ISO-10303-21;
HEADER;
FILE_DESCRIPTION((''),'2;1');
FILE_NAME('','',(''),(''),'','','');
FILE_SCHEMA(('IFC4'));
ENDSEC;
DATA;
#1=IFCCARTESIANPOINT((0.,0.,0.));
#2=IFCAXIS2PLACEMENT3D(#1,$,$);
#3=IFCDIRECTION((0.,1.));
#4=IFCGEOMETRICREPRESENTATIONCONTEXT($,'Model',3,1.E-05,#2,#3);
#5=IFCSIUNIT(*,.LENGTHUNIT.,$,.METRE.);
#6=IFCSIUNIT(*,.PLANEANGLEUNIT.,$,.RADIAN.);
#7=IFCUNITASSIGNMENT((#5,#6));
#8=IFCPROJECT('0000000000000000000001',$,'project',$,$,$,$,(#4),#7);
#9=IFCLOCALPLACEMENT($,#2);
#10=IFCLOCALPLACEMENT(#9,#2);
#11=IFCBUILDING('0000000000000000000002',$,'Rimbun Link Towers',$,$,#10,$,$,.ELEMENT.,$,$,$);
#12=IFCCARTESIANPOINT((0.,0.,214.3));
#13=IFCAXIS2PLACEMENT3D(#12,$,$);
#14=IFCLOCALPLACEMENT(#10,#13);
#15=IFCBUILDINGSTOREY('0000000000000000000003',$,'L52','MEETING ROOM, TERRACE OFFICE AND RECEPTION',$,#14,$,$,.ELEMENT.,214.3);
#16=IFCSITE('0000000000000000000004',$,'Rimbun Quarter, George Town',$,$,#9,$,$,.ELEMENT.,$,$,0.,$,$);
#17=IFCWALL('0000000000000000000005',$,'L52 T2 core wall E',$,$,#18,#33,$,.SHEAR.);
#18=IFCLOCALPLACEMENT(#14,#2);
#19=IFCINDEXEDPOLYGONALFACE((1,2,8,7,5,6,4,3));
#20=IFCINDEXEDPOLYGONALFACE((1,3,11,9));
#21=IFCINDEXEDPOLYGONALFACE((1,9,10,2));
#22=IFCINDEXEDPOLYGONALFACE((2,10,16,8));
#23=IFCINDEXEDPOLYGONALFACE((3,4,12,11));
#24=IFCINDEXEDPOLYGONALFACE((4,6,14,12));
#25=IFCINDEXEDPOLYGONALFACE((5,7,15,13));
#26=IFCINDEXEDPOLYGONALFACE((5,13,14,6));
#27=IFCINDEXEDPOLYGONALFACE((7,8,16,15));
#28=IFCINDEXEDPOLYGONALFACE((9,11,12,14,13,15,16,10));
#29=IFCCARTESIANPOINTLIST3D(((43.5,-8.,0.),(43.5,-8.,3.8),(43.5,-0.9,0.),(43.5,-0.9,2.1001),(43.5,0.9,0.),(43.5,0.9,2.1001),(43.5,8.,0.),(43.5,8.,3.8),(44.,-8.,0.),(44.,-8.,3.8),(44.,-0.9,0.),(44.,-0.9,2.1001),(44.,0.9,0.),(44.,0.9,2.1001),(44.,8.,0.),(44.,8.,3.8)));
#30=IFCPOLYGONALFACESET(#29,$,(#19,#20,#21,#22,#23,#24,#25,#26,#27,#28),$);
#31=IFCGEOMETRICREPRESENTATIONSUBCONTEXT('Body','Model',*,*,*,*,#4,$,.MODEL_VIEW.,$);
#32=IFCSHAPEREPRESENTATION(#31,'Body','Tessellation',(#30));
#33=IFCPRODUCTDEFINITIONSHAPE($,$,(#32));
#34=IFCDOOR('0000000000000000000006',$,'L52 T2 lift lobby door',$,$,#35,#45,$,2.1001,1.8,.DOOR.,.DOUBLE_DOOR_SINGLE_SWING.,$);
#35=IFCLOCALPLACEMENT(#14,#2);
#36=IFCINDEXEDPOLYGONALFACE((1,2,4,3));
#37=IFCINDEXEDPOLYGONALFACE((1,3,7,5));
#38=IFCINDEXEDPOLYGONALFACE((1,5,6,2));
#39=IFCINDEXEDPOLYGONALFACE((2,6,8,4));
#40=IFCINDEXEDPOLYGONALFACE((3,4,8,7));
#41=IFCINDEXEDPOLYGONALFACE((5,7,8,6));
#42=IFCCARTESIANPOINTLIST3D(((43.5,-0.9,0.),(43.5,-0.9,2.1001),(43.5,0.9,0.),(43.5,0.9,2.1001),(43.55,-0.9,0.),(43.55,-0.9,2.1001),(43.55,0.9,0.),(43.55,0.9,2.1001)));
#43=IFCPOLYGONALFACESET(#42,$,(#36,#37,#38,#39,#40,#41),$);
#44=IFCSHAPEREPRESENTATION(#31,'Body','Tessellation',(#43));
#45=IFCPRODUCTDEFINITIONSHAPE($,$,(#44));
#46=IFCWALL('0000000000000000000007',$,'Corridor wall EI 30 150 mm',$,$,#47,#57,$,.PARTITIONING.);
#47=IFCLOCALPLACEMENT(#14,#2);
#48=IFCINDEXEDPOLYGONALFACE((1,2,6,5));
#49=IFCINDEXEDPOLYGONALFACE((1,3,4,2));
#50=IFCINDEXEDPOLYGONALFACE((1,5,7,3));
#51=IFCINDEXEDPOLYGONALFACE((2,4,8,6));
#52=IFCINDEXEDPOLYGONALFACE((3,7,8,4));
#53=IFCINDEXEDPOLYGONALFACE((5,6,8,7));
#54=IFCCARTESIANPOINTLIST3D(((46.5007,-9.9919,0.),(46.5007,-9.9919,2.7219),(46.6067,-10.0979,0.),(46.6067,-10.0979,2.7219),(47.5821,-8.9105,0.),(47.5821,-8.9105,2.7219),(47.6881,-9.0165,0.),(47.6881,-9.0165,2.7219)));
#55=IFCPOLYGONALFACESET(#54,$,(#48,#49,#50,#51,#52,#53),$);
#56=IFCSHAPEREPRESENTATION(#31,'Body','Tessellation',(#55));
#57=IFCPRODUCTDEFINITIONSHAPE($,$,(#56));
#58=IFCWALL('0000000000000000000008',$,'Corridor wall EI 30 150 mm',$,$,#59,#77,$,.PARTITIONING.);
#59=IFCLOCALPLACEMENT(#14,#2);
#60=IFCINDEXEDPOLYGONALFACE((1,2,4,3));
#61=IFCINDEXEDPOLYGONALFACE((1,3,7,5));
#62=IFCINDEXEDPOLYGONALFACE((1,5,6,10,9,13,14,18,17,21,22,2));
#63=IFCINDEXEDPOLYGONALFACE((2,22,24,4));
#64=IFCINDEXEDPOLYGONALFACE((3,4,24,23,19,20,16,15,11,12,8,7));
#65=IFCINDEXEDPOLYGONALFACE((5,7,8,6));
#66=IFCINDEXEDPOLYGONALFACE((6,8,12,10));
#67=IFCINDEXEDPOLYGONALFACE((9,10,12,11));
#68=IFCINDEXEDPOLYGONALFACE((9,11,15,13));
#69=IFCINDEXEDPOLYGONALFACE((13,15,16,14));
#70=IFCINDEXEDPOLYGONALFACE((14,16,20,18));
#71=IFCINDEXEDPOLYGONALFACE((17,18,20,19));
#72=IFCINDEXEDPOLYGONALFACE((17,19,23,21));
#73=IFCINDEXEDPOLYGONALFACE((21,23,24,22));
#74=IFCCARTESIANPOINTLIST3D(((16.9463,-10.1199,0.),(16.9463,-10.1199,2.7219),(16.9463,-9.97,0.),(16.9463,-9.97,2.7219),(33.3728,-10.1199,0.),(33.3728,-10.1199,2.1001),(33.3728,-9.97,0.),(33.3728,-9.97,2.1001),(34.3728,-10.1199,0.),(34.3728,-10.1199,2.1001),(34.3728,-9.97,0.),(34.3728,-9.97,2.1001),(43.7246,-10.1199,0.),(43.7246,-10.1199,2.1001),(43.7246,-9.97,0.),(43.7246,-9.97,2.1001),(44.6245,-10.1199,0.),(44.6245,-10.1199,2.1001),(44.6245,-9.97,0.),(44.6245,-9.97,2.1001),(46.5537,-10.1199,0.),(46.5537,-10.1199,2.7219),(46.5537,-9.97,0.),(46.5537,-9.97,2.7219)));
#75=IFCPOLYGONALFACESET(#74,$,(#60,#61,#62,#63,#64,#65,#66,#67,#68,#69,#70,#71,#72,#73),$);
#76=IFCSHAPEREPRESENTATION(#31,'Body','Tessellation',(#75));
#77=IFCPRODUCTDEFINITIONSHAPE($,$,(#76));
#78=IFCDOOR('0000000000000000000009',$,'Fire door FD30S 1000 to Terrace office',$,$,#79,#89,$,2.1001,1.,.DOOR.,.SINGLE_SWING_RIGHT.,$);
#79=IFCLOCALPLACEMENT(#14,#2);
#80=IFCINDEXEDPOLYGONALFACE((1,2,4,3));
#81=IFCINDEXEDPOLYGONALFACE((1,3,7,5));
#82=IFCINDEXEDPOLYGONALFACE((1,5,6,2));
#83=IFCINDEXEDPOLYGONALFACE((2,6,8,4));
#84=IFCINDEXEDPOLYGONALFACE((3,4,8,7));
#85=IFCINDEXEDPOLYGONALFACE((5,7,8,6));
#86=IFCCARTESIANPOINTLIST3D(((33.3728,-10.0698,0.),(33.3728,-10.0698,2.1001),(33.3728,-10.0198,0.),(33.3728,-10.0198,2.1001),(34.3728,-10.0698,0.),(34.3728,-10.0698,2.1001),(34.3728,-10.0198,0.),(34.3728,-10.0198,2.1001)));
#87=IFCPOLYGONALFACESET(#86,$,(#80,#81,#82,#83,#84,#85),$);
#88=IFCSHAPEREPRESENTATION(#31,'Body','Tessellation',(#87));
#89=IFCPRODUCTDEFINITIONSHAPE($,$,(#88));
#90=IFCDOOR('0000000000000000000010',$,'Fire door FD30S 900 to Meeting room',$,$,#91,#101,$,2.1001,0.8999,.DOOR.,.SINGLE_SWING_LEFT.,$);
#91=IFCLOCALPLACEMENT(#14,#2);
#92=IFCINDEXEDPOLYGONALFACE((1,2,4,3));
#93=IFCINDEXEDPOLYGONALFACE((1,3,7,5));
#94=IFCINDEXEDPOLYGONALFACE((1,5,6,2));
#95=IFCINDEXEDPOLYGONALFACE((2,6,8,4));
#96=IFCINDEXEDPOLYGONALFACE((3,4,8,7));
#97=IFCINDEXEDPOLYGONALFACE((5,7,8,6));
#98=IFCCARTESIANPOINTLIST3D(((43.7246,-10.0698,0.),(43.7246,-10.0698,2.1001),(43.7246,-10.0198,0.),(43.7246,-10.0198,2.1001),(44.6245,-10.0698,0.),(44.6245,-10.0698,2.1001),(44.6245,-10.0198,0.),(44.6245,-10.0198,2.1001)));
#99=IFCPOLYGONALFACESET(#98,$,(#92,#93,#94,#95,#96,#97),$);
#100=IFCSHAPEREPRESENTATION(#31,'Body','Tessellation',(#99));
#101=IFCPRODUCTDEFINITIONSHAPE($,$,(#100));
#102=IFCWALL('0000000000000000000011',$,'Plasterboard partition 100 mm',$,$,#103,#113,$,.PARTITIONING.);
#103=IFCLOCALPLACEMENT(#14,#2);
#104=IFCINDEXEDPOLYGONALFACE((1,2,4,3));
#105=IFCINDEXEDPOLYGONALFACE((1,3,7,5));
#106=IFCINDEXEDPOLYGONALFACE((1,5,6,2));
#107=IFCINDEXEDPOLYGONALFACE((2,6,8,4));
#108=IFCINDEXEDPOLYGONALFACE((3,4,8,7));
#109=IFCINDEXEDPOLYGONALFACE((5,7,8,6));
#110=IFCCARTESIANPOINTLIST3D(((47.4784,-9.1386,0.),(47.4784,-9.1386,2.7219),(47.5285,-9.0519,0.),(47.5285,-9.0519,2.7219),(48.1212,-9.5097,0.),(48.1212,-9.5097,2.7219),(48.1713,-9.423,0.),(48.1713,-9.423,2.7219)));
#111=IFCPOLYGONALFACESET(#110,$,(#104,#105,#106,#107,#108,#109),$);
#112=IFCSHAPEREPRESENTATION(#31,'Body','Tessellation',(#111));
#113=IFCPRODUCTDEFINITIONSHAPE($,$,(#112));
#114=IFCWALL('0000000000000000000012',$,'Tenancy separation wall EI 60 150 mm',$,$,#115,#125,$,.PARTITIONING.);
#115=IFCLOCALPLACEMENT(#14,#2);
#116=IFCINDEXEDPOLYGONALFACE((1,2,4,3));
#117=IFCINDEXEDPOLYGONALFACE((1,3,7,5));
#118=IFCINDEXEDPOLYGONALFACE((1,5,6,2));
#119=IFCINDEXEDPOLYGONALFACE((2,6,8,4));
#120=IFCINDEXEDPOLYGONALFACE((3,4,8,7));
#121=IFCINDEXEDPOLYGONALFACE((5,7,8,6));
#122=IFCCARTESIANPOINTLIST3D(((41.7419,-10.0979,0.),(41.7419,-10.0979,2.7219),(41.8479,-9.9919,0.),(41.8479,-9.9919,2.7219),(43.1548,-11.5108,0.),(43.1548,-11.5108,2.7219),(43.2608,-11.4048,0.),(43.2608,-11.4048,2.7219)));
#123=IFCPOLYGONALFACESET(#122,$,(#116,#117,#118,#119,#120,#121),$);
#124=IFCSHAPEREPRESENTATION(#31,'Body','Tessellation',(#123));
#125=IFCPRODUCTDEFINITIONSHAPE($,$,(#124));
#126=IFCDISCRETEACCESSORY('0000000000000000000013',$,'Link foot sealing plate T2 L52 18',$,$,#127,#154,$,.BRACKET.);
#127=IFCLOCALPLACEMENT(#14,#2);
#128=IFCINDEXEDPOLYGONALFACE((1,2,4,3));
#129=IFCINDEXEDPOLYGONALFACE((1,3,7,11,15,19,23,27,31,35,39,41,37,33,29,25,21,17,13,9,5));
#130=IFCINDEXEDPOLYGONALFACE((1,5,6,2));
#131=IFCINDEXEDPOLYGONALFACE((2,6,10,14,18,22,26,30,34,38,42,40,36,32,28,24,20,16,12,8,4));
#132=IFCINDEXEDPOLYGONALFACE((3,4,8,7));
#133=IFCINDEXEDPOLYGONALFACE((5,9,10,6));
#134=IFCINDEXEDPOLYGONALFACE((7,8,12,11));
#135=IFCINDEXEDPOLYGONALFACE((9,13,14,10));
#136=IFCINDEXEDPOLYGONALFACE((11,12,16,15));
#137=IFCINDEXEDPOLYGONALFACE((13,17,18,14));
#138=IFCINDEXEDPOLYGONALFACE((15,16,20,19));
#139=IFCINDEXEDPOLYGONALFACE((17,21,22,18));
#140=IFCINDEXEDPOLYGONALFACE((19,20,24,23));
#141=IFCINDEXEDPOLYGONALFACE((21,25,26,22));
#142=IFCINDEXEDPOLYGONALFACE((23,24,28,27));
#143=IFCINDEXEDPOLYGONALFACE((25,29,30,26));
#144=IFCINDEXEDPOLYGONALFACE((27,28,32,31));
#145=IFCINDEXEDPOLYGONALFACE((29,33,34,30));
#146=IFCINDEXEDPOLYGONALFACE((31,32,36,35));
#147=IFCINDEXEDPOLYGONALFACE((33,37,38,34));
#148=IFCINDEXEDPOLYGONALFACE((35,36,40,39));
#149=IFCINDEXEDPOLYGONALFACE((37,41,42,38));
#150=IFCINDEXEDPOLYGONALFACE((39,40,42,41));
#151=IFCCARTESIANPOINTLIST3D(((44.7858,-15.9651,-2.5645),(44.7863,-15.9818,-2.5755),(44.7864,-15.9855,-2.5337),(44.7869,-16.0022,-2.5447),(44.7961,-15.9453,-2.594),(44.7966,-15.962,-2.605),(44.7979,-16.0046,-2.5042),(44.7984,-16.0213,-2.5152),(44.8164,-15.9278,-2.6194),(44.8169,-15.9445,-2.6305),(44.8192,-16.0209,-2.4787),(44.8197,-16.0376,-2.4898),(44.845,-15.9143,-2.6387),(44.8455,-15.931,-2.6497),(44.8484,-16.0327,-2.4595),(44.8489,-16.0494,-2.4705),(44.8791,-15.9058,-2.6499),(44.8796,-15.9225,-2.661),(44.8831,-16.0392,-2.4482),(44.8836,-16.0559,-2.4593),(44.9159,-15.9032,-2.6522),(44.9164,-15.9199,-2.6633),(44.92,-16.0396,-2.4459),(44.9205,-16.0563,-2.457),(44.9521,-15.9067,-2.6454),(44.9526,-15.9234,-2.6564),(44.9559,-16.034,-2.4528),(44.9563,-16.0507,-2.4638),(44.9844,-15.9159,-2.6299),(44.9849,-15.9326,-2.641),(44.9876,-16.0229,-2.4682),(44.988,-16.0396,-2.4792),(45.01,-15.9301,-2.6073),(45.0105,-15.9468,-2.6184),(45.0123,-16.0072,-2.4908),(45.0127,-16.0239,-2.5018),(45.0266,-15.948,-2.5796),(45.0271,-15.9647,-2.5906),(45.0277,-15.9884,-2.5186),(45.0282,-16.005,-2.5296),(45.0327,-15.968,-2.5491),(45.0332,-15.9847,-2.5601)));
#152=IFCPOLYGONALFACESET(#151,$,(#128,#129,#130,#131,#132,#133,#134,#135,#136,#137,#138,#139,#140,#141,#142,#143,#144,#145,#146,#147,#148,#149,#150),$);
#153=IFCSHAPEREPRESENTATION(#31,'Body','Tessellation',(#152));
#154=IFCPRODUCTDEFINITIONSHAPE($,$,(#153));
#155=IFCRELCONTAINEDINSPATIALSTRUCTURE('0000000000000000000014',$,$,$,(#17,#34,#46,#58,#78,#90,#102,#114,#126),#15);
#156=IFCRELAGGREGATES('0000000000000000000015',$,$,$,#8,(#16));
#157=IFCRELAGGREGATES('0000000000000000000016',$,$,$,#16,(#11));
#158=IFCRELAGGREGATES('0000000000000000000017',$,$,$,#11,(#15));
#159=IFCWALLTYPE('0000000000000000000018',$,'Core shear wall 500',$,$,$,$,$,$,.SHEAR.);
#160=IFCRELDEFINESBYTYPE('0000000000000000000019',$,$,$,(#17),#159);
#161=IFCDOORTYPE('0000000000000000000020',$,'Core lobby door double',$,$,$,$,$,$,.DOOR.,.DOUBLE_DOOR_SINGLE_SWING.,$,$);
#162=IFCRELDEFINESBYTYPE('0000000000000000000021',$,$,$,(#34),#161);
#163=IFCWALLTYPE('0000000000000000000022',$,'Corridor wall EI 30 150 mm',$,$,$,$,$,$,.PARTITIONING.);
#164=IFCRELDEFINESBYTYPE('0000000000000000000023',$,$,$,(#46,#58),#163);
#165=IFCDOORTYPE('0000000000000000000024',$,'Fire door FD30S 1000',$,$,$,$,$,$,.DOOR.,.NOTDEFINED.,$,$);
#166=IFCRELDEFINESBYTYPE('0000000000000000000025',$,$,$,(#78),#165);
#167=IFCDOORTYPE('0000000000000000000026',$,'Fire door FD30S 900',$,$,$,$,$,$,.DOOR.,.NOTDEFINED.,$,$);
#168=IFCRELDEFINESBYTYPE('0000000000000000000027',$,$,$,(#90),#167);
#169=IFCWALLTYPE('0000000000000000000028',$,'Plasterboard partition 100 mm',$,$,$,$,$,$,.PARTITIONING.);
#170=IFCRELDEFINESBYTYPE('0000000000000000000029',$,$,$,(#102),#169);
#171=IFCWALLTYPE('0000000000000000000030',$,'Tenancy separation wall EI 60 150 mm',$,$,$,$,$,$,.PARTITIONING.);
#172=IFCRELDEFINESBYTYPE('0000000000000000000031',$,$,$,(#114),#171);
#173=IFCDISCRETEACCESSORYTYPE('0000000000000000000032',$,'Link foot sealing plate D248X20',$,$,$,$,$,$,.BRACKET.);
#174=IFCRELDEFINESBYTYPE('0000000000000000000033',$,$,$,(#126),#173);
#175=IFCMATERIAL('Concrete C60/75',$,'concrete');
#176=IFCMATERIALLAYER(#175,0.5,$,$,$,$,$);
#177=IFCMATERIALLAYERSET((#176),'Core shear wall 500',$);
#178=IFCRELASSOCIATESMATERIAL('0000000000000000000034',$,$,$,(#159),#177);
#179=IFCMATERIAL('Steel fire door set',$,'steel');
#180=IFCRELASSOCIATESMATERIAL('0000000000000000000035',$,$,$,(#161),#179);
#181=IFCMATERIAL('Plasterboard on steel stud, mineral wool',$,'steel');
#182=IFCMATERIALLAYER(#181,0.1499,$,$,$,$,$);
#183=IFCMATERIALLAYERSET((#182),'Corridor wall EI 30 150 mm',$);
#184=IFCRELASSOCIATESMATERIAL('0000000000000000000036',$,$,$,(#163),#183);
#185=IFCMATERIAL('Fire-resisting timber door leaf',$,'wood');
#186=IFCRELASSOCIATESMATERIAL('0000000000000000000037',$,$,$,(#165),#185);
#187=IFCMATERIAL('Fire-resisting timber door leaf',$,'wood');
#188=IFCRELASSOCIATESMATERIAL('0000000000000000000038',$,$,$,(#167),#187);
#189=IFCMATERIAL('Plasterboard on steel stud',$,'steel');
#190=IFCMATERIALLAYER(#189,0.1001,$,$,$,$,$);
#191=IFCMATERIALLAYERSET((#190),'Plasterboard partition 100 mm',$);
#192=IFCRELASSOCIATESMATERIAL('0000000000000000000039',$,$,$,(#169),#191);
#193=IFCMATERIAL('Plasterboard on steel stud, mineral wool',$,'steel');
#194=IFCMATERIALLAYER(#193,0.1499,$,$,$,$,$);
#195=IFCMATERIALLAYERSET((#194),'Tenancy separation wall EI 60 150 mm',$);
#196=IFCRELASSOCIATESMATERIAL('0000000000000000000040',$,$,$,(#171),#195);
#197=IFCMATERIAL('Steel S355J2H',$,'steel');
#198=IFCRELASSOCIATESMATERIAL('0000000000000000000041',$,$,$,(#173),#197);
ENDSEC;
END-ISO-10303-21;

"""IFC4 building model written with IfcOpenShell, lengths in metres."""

from ifc_helpers import new_model, si_unit, direction, frame, frame_2d, origin, origin_2d, place, context, subcontext, project, spatial, rectangle, circle, extrude, material, layer, layer_set, material_profile, profile_set, type_object, element, fill, save


model = new_model("IFC4")

# Units and contexts
model_context = context("Model", 3, precision=1e-05, world=origin(), true_north=direction((0.0, 1.0)))
body_context = subcontext(model_context, "Body", "Model", "MODEL_VIEW")
ifc_project = project(units=[si_unit("LENGTHUNIT", "METRE"), si_unit("PLANEANGLEUNIT", "RADIAN")], contexts=[model_context])

# Site, building, storey
site_placement = place(None, origin())
site = spatial("IfcSite", under=ifc_project, at=site_placement, Name="Rimbun Quarter, George Town", CompositionType="ELEMENT", RefElevation=0.0)
building_placement = place(site_placement, origin())
building = spatial("IfcBuilding", under=site, at=building_placement, Name="Rimbun Link Towers", CompositionType="ELEMENT")
storey_placement = place(building_placement, frame((0.0, 0.0, 214.3)))
storey = spatial("IfcBuildingStorey", under=building, at=storey_placement, Name="L52", Description="MEETING ROOM, TERRACE OFFICE AND RECEPTION", CompositionType="ELEMENT", Elevation=214.3)

# Wall, opening, door
ifc_material_1 = material(Name="Concrete C60/75", Category="concrete")
ifc_layer_1 = layer(ifc_material_1, 0.5)
ifc_layer_set_1 = layer_set([ifc_layer_1], Name="Core shear wall 500")
wall_type_1 = type_object("IfcWallType", Name="Core shear wall 500", PredefinedType="SHEAR", material=ifc_layer_set_1)
wall_1_placement = place(storey_placement, frame((43.75, -8.0, 0.0), z_axis=(0.0, 0.0, 1.0), x_axis=(0.0, 1.0, 0.0)))
wall_1 = element("IfcWall", 1, at=wall_1_placement, inside=storey, type_object=wall_type_1, Name="L52 T2 core wall E", PredefinedType="SHEAR", context=body_context, shape_type="SweptSolid", body=[
    extrude(rectangle(XDim=16.0, YDim=0.5, at=frame_2d((8.0, 0.0))), origin(), (0.0, 0.0, 1.0), 3.8),
])
opening_1_placement = place(wall_1_placement, frame((7.1001, 0.0, 0.0)))
opening_1 = element("IfcOpeningElement", 2, at=opening_1_placement, cuts=wall_1, PredefinedType="OPENING", context=body_context, shape_type="SweptSolid", body=[
    extrude(rectangle(XDim=1.8, YDim=2.1001, at=frame_2d((0.8999, 1.05))), frame((0.0, 0.26, 0.0), z_axis=(0.0, -1.0, 0.0), x_axis=(1.0, 0.0, 0.0)), (0.0, 0.0, 1.0), 0.52),
])
ifc_material_2 = material(Name="Steel fire door set", Category="steel")
door_type_1 = type_object("IfcDoorType", Name="Core lobby door double", OperationType="DOUBLE_DOOR_SINGLE_SWING", PredefinedType="DOOR", material=ifc_material_2)
door_1_placement = place(opening_1_placement, origin())
door_1 = element("IfcDoor", 3, at=door_1_placement, inside=storey, type_object=door_type_1, Name="L52 T2 lift lobby door", OperationType="DOUBLE_DOOR_SINGLE_SWING", OverallHeight=2.1001, OverallWidth=1.8, PredefinedType="DOOR", context=body_context, shape_type="SweptSolid", body=[
    extrude(rectangle(XDim=1.8, YDim=2.1001, at=frame_2d((0.8999, 1.05))), frame((0.0, 0.25, 0.0), z_axis=(0.0, -1.0, 0.0), x_axis=(1.0, 0.0, 0.0)), (0.0, 0.0, 1.0), 0.05),
])
fill(opening_1, door_1)

# Wall
ifc_material_3 = material(Name="Plasterboard on steel stud, mineral wool", Category="steel")
ifc_layer_2 = layer(ifc_material_3, 0.1499)
ifc_layer_set_2 = layer_set([ifc_layer_2], Name="Corridor wall EI 30 150 mm")
wall_type_2 = type_object("IfcWallType", Name="Corridor wall EI 30 150 mm", PredefinedType="PARTITIONING", material=ifc_layer_set_2)
wall_2_placement = place(storey_placement, frame((46.5537, -10.0449, 0.0), z_axis=(0.0, 0.0, 1.0), x_axis=(0.707107, 0.707107, 0.0)))
element("IfcWall", 4, at=wall_2_placement, inside=storey, type_object=wall_type_2, Name="Corridor wall EI 30 150 mm", PredefinedType="PARTITIONING", context=body_context, shape_type="SweptSolid", body=[
    extrude(rectangle(XDim=1.5293, YDim=0.1499, at=frame_2d((0.7646, 0.0))), origin(), (0.0, 0.0, 1.0), 2.7219),
])

# Wall, openings, doors
wall_3_placement = place(storey_placement, frame((46.5537, -10.0449, 0.0), z_axis=(0.0, 0.0, 1.0), x_axis=(-1.0, 0.0, 0.0)))
wall_3 = element("IfcWall", 5, at=wall_3_placement, inside=storey, type_object=wall_type_2, Name="Corridor wall EI 30 150 mm", PredefinedType="PARTITIONING", context=body_context, shape_type="SweptSolid", body=[
    extrude(rectangle(XDim=29.6074, YDim=0.1499, at=frame_2d((14.8037, 0.0))), origin(), (0.0, 0.0, 1.0), 2.7219),
])
opening_2_placement = place(wall_3_placement, frame((1.9292, 0.0, 0.0)))
opening_2 = element("IfcOpeningElement", 6, at=opening_2_placement, cuts=wall_3, PredefinedType="OPENING", context=body_context, shape_type="SweptSolid", body=[
    extrude(rectangle(XDim=0.8999, YDim=2.1001, at=frame_2d((0.45, 1.05))), frame((0.0, 0.085, 0.0), z_axis=(0.0, -1.0, 0.0), x_axis=(1.0, 0.0, 0.0)), (0.0, 0.0, 1.0), 0.1699),
])
opening_3_placement = place(wall_3_placement, frame((12.1809, 0.0, 0.0)))
opening_3 = element("IfcOpeningElement", 7, at=opening_3_placement, cuts=wall_3, PredefinedType="OPENING", context=body_context, shape_type="SweptSolid", body=[
    extrude(rectangle(XDim=1.0, YDim=2.1001, at=frame_2d((0.5, 1.05))), frame((0.0, 0.085, 0.0), z_axis=(0.0, -1.0, 0.0), x_axis=(1.0, 0.0, 0.0)), (0.0, 0.0, 1.0), 0.1699),
])
ifc_material_4 = material(Name="Fire-resisting timber door leaf", Category="wood")
door_type_2 = type_object("IfcDoorType", Name="Fire door FD30S 1000", OperationType="NOTDEFINED", PredefinedType="DOOR", material=ifc_material_4)
door_2_placement = place(opening_3_placement, origin())
door_2 = element("IfcDoor", 8, at=door_2_placement, inside=storey, type_object=door_type_2, Name="Fire door FD30S 1000 to Terrace office", OperationType="SINGLE_SWING_RIGHT", OverallHeight=2.1001, OverallWidth=1.0, PredefinedType="DOOR", context=body_context, shape_type="SweptSolid", body=[
    extrude(rectangle(XDim=1.0, YDim=2.1001, at=frame_2d((0.5, 1.05))), frame((0.0, 0.0249, 0.0), z_axis=(0.0, -1.0, 0.0), x_axis=(1.0, 0.0, 0.0)), (0.0, 0.0, 1.0), 0.05),
])
fill(opening_3, door_2)
ifc_material_5 = material(Name="Fire-resisting timber door leaf", Category="wood")
door_type_3 = type_object("IfcDoorType", Name="Fire door FD30S 900", OperationType="NOTDEFINED", PredefinedType="DOOR", material=ifc_material_5)
door_3_placement = place(opening_2_placement, origin())
door_3 = element("IfcDoor", 9, at=door_3_placement, inside=storey, type_object=door_type_3, Name="Fire door FD30S 900 to Meeting room", OperationType="SINGLE_SWING_LEFT", OverallHeight=2.1001, OverallWidth=0.8999, PredefinedType="DOOR", context=body_context, shape_type="SweptSolid", body=[
    extrude(rectangle(XDim=0.8999, YDim=2.1001, at=frame_2d((0.45, 1.05))), frame((0.0, 0.0249, 0.0), z_axis=(0.0, -1.0, 0.0), x_axis=(1.0, 0.0, 0.0)), (0.0, 0.0, 1.0), 0.05),
])
fill(opening_2, door_3)

# Walls
ifc_material_6 = material(Name="Plasterboard on steel stud", Category="steel")
ifc_layer_3 = layer(ifc_material_6, 0.1001)
ifc_layer_set_3 = layer_set([ifc_layer_3], Name="Plasterboard partition 100 mm")
wall_type_3 = type_object("IfcWallType", Name="Plasterboard partition 100 mm", PredefinedType="PARTITIONING", material=ifc_layer_set_3)
wall_4_placement = place(storey_placement, frame((48.1462, -9.4663, 0.0), z_axis=(0.0, 0.0, 1.0), x_axis=(-0.866049, 0.49996, 0.0)))
element("IfcWall", 10, at=wall_4_placement, inside=storey, type_object=wall_type_3, Name="Plasterboard partition 100 mm", PredefinedType="PARTITIONING", context=body_context, shape_type="SweptSolid", body=[
    extrude(rectangle(XDim=0.7422, YDim=0.1001, at=frame_2d((0.3711, 0.0))), origin(), (0.0, 0.0, 1.0), 2.7219),
])
ifc_material_7 = material(Name="Plasterboard on steel stud, mineral wool", Category="steel")
ifc_layer_4 = layer(ifc_material_7, 0.1499)
ifc_layer_set_4 = layer_set([ifc_layer_4], Name="Tenancy separation wall EI 60 150 mm")
wall_type_4 = type_object("IfcWallType", Name="Tenancy separation wall EI 60 150 mm", PredefinedType="PARTITIONING", material=ifc_layer_set_4)
wall_5_placement = place(storey_placement, frame((41.7949, -10.0449, 0.0), z_axis=(0.0, 0.0, 1.0), x_axis=(0.707107, -0.707107, 0.0)))
element("IfcWall", 11, at=wall_5_placement, inside=storey, type_object=wall_type_4, Name="Tenancy separation wall EI 60 150 mm", PredefinedType="PARTITIONING", context=body_context, shape_type="SweptSolid", body=[
    extrude(rectangle(XDim=1.998, YDim=0.1499, at=frame_2d((0.999, 0.0))), origin(), (0.0, 0.0, 1.0), 2.7219),
])

# Discrete accessory
ifc_material_8 = material(Name="Steel S355J2H", Category="steel")
ifc_material_profile_1 = material_profile(ifc_material_8, circle(Radius=0.124, at=origin_2d()), Name="PL D248")
ifc_profile_set_1 = profile_set([ifc_material_profile_1], Name="Steel S355J2H")
discrete_accessory_type = type_object("IfcDiscreteAccessoryType", Name="Link foot sealing plate D248X20", PredefinedType="BRACKET", material=ifc_profile_set_1)
discrete_accessory_placement = place(storey_placement, frame((44.9087, -15.9717, -2.5491), z_axis=(0.02452, -0.833681, -0.551701), x_axis=(0.999568, 0.029399, 0.0)))
element("IfcDiscreteAccessory", 12, at=discrete_accessory_placement, inside=storey, type_object=discrete_accessory_type, Name="Link foot sealing plate T2 L52 18", PredefinedType="BRACKET", context=body_context, shape_type="SweptSolid", body=[
    extrude(circle(Radius=0.124, at=origin_2d()), origin(), (0.0, 0.0, 1.0), 0.02),
])

save(model, "model.ifc")
